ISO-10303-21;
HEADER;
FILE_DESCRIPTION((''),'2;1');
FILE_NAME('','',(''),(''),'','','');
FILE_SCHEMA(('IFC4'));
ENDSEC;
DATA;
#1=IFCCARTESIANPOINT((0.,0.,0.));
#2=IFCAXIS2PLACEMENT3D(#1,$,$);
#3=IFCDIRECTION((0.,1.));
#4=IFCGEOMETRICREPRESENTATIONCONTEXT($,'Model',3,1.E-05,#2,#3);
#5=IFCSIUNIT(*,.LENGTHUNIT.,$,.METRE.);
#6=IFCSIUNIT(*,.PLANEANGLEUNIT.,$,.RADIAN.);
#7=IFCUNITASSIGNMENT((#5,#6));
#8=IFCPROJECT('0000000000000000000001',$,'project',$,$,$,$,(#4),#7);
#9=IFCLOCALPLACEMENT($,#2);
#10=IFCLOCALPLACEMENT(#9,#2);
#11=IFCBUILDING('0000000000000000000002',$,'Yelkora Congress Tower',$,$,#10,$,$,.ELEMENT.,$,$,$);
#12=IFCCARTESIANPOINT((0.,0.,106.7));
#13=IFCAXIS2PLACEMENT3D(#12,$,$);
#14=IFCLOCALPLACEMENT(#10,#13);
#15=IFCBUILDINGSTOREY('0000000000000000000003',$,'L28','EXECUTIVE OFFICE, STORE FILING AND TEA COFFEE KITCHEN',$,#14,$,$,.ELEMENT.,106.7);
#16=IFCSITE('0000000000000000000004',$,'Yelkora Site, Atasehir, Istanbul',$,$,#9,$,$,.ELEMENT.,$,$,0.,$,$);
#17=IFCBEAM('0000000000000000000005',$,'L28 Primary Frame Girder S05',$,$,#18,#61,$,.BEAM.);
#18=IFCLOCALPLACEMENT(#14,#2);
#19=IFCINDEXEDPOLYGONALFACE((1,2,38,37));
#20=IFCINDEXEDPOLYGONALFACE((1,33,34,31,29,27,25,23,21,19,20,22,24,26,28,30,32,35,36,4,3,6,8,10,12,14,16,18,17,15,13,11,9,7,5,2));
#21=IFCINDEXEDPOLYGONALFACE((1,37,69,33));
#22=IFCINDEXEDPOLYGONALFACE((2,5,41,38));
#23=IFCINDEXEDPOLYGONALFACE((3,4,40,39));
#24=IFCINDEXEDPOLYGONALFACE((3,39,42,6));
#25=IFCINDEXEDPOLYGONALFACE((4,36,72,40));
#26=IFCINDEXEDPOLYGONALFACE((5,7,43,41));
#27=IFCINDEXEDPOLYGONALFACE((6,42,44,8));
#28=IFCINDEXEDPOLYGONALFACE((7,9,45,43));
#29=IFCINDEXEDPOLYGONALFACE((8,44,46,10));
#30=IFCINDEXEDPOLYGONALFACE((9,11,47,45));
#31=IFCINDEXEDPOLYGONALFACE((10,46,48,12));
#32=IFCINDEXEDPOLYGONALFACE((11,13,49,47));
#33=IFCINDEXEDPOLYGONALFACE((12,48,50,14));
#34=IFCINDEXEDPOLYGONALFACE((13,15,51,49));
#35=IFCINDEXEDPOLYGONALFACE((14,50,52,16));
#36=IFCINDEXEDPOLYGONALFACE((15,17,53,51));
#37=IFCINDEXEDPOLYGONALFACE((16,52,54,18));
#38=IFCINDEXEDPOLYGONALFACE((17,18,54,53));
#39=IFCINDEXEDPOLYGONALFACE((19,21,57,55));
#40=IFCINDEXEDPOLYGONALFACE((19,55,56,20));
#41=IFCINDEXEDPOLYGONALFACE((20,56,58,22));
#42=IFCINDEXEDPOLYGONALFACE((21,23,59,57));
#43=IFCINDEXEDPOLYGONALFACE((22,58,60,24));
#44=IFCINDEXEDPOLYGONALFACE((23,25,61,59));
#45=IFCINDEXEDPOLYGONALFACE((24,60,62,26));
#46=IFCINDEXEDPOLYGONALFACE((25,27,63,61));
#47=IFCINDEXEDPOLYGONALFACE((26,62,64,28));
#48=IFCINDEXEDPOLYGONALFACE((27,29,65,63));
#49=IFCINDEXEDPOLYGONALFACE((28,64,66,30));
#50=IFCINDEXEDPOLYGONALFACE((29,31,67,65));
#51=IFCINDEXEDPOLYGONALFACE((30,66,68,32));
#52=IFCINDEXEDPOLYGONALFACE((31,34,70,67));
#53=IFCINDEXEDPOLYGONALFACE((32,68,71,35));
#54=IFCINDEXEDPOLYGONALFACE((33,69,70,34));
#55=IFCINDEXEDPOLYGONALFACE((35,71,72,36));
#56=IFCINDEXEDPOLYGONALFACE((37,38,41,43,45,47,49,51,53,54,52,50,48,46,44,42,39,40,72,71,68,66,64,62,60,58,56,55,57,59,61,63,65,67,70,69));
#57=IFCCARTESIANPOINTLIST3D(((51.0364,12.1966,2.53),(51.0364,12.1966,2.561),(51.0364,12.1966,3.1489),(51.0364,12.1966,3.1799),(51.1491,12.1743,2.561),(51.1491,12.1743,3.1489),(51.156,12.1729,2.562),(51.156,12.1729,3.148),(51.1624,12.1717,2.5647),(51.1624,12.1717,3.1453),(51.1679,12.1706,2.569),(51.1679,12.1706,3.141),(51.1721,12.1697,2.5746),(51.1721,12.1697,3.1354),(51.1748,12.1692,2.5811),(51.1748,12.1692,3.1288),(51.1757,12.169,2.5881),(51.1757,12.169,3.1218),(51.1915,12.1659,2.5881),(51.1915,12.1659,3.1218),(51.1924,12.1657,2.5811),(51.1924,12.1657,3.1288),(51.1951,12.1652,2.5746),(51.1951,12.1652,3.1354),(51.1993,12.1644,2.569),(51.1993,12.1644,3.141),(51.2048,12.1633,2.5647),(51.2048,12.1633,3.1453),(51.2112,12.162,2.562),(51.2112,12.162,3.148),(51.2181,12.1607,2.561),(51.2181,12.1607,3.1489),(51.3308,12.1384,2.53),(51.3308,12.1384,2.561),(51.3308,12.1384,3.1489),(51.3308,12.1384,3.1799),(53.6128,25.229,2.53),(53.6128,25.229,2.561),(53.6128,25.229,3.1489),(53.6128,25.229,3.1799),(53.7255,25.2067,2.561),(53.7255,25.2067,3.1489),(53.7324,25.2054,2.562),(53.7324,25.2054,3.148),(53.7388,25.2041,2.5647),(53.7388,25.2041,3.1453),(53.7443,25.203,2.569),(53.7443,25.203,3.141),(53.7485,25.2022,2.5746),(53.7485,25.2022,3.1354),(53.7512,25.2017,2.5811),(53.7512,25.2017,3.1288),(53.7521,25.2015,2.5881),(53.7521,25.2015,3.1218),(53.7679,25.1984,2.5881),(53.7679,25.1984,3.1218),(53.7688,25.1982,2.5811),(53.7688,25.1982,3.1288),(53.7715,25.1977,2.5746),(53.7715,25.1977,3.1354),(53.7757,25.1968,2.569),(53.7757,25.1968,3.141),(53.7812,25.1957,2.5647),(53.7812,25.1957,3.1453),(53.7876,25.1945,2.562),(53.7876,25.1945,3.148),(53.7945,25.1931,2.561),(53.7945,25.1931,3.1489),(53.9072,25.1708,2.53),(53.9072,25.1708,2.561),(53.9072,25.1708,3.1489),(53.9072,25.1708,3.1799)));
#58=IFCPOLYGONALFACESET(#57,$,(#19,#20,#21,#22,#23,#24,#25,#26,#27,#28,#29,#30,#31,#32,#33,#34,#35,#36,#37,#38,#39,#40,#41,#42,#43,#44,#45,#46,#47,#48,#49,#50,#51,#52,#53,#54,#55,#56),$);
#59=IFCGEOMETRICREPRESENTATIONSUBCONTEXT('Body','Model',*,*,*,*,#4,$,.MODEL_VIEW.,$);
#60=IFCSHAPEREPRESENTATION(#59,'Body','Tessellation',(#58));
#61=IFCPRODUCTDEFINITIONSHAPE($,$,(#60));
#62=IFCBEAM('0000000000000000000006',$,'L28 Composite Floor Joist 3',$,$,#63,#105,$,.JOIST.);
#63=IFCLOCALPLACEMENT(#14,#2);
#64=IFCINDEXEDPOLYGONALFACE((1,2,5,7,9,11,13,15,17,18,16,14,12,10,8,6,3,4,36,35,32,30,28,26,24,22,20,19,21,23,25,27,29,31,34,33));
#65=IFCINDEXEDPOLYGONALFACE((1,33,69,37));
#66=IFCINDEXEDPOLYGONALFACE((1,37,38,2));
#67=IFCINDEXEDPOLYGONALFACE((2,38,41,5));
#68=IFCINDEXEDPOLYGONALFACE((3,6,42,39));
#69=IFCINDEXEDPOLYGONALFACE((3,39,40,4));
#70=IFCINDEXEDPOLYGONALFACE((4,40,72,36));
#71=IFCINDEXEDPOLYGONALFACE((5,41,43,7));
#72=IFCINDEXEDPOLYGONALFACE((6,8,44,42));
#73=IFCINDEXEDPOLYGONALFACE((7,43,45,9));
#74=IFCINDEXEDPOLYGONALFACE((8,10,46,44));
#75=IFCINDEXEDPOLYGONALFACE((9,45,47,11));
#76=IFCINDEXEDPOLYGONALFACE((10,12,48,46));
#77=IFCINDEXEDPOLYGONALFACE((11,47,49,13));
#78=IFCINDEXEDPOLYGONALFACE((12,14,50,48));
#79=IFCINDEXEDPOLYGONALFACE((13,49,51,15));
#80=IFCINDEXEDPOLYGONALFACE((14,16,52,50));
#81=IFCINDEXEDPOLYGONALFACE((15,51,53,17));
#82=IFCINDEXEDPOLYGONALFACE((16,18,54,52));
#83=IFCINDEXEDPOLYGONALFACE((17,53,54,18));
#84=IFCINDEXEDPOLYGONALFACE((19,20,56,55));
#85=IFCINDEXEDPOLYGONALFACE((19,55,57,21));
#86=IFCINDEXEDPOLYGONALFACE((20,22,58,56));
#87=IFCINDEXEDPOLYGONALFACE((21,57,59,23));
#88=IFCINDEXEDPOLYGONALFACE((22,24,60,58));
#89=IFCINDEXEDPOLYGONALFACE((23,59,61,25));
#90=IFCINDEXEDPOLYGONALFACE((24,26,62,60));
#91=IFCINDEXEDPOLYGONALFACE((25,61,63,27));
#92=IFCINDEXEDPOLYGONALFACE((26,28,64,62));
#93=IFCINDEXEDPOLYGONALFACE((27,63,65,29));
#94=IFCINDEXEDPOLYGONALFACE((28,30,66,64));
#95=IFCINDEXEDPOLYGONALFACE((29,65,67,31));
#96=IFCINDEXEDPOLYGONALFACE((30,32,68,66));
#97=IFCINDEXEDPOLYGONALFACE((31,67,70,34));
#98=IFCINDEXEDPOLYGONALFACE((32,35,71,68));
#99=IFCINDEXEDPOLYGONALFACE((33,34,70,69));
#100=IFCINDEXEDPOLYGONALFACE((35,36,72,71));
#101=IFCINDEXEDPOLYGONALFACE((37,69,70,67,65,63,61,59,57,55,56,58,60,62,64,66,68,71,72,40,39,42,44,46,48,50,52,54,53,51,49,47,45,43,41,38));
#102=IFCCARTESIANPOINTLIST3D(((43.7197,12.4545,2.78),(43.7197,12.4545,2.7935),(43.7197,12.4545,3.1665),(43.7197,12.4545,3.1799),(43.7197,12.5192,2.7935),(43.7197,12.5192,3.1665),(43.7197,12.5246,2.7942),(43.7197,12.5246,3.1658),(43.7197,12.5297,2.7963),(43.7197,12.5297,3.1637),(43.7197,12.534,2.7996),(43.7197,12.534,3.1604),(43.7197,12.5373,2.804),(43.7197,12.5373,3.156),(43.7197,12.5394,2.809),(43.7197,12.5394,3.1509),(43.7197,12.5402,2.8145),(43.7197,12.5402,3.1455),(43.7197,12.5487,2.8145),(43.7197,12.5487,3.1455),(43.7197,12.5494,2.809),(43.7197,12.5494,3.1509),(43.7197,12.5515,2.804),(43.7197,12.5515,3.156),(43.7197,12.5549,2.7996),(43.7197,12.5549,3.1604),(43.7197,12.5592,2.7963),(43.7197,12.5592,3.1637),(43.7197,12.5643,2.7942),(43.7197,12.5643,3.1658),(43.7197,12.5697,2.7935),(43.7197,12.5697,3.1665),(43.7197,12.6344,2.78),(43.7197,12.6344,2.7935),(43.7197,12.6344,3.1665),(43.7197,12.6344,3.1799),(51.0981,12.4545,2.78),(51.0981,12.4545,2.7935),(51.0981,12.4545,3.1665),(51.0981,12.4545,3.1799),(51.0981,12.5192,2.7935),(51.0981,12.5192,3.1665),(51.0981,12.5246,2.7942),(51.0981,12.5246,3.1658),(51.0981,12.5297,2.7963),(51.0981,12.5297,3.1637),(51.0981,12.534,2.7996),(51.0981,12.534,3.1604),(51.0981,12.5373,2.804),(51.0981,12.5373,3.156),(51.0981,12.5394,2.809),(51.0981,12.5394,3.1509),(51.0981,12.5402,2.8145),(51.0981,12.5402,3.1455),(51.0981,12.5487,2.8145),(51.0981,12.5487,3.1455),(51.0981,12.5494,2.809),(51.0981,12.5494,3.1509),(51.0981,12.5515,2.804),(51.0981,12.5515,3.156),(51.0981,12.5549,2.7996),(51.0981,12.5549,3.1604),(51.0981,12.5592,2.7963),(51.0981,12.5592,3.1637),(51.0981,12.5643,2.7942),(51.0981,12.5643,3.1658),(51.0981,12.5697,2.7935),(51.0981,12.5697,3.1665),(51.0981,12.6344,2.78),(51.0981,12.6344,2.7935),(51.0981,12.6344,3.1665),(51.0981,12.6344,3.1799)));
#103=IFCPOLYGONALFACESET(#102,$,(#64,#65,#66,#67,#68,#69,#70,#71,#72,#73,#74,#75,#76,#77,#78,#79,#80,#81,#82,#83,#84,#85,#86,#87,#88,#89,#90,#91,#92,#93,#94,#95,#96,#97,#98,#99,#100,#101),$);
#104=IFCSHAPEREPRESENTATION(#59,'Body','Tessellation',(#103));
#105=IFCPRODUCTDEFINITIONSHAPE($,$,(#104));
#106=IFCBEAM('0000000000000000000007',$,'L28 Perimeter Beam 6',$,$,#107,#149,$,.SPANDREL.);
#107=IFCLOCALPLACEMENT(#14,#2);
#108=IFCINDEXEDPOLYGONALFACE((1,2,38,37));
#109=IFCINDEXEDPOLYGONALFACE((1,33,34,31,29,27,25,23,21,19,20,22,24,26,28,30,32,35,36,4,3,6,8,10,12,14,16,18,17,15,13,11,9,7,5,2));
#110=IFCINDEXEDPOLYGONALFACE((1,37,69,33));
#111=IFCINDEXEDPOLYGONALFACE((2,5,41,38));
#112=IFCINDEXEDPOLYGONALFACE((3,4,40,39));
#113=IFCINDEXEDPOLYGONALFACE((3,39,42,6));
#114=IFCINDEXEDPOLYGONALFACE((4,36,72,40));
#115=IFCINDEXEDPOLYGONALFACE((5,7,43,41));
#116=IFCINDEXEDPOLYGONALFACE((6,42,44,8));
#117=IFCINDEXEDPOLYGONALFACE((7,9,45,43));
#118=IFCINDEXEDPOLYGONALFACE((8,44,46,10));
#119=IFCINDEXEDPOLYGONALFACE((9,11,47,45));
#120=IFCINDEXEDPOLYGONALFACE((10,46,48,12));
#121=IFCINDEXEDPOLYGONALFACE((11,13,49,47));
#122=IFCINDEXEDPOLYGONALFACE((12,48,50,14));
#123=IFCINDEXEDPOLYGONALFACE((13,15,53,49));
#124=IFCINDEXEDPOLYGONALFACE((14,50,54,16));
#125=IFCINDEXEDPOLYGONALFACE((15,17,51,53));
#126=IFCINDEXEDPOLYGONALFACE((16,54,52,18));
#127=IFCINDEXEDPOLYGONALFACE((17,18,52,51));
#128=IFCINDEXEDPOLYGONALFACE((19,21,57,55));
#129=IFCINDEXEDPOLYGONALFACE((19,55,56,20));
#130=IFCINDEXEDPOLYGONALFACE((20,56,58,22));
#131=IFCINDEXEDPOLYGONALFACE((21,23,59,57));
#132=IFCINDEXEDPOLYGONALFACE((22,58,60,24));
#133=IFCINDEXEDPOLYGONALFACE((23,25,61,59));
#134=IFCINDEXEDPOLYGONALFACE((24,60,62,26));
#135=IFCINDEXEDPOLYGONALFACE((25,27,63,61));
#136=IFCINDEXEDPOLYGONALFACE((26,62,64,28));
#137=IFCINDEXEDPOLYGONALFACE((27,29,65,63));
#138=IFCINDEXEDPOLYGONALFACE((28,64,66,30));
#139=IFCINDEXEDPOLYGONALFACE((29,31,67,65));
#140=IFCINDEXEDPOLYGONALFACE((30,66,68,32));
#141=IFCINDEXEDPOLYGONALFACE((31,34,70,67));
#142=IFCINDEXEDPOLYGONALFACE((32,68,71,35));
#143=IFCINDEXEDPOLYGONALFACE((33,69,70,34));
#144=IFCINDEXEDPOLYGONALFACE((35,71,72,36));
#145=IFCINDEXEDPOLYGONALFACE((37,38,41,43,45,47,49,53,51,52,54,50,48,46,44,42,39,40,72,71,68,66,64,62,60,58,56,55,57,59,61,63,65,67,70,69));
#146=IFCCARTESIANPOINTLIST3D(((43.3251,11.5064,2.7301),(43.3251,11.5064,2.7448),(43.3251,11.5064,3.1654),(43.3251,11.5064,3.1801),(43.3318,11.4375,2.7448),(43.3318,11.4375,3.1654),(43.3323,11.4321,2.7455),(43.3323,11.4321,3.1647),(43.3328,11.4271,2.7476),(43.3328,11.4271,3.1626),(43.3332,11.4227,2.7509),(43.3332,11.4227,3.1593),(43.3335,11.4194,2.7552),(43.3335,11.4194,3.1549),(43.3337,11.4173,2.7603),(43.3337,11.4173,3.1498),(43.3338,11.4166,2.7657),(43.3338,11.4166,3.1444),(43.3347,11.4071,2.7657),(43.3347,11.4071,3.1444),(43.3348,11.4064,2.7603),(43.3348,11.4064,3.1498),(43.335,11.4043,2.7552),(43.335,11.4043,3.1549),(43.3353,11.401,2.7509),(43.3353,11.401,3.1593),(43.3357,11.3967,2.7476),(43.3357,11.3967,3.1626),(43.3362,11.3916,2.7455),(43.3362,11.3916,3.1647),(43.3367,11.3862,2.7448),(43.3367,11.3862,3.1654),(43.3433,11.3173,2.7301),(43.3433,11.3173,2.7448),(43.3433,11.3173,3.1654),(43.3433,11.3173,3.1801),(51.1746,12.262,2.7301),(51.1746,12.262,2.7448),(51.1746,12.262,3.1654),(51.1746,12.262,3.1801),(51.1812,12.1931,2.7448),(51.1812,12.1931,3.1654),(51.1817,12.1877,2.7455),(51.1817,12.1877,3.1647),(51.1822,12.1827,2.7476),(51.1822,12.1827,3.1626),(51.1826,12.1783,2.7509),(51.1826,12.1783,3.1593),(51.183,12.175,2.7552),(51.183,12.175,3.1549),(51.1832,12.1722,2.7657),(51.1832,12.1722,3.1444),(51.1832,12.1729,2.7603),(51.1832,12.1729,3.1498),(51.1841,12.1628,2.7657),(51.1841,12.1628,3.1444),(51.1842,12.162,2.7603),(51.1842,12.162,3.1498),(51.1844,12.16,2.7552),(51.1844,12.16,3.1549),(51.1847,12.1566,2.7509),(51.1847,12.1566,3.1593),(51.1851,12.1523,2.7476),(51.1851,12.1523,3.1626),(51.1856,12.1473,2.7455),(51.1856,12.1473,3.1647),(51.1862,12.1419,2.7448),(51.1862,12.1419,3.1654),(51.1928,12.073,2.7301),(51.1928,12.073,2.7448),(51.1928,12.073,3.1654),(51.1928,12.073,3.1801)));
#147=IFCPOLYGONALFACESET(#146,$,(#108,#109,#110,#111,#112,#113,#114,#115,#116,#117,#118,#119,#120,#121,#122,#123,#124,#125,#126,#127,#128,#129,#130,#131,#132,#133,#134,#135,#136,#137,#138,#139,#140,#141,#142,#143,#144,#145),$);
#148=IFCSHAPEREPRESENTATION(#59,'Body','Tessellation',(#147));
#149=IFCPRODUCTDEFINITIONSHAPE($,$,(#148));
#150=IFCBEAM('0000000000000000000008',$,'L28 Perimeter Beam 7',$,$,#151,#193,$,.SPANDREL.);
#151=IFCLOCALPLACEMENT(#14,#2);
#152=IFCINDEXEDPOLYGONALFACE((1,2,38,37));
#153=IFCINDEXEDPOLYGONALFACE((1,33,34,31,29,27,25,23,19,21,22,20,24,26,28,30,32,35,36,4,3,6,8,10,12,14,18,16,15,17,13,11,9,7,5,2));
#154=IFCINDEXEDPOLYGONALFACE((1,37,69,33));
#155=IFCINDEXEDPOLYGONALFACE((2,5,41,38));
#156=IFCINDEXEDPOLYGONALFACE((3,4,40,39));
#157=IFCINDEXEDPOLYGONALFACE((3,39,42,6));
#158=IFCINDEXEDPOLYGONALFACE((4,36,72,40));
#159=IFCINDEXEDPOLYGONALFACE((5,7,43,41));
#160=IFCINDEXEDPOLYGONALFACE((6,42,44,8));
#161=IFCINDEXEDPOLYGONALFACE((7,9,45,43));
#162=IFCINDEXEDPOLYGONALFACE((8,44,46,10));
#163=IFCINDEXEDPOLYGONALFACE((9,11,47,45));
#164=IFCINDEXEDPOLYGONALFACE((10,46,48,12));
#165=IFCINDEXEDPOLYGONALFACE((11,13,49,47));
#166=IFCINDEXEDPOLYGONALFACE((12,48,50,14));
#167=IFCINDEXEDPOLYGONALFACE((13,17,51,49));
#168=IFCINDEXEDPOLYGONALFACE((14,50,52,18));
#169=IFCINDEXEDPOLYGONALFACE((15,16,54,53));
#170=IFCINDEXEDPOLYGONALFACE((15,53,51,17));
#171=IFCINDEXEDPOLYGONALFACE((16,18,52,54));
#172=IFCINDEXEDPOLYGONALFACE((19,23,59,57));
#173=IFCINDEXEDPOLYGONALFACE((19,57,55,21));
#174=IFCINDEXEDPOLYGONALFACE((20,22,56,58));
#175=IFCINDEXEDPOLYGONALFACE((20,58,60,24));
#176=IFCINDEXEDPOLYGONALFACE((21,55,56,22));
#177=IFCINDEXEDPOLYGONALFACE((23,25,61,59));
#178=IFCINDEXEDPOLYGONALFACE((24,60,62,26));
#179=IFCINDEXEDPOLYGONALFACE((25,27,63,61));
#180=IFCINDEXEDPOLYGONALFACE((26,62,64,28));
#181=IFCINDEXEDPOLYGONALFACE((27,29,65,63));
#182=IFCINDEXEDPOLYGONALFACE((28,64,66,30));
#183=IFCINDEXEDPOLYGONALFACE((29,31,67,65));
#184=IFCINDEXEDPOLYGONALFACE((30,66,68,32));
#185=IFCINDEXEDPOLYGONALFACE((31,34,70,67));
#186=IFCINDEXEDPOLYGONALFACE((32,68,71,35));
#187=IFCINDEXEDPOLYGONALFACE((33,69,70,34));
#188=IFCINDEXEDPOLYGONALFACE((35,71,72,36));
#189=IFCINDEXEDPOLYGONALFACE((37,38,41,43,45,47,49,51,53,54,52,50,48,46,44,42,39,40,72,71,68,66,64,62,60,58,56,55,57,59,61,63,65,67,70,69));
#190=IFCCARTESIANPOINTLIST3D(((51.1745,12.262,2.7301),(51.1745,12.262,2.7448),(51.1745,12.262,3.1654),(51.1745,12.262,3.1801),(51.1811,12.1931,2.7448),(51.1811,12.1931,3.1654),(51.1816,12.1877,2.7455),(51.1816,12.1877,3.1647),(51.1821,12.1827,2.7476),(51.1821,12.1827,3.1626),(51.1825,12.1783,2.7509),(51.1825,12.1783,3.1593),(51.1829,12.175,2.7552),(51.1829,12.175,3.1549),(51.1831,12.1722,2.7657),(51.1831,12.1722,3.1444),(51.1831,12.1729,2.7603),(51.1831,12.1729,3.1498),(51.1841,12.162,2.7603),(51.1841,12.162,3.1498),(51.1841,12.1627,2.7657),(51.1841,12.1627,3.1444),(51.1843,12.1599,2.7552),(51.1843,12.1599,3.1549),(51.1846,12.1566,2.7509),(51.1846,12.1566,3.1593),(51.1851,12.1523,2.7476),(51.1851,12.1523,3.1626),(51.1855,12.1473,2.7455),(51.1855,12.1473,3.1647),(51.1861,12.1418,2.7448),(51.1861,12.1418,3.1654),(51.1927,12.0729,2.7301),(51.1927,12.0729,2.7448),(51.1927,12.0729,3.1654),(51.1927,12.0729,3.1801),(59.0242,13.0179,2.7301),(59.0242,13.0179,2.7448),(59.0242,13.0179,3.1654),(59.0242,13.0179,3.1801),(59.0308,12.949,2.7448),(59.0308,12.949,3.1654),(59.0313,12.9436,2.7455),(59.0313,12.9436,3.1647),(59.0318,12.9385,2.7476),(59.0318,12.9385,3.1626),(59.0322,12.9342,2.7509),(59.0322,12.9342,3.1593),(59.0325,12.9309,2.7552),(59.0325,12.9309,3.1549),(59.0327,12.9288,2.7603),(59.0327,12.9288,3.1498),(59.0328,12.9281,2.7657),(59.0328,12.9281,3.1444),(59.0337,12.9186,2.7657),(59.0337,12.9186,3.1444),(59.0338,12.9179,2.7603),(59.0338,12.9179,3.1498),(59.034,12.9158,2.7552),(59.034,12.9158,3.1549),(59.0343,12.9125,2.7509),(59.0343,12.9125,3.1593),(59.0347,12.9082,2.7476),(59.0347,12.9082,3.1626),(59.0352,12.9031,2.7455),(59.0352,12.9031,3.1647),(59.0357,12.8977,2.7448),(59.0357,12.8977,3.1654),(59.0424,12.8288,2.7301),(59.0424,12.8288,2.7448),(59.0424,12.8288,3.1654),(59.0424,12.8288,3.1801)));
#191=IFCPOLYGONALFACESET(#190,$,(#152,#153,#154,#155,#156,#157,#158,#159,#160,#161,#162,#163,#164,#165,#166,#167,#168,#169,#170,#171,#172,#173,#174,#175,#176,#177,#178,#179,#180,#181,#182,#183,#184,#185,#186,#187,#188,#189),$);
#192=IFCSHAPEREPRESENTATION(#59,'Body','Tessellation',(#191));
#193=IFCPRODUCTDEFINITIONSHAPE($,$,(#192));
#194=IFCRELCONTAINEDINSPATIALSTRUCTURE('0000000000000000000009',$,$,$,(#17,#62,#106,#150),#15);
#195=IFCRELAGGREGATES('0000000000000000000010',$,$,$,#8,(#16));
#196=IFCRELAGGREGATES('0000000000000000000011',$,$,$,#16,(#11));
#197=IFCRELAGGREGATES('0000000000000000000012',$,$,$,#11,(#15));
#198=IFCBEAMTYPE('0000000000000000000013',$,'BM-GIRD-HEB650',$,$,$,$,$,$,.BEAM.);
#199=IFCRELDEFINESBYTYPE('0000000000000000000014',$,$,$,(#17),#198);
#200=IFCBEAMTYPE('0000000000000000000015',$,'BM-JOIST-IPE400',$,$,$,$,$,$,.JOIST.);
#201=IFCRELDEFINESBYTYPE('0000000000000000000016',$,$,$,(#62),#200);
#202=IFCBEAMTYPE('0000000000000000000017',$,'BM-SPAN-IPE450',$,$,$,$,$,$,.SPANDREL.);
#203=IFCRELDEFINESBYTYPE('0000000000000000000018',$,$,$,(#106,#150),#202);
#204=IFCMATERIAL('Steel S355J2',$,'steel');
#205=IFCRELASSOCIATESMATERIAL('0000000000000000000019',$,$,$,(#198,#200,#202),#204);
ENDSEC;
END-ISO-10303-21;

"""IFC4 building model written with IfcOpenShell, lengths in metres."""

from ifc_helpers import new_model, si_unit, direction, frame, origin, origin_2d, place, context, subcontext, project, spatial, i_section, extrude, material, material_profile, profile_set, type_object, element, save


model = new_model("IFC4")

# Units and contexts
model_context = context("Model", 3, precision=1e-05, world=origin(), true_north=direction((0.0, 1.0)))
body_context = subcontext(model_context, "Body", "Model", "MODEL_VIEW")
ifc_project = project(units=[si_unit("LENGTHUNIT", "METRE"), si_unit("PLANEANGLEUNIT", "RADIAN")], contexts=[model_context])

# Site, building, storey
site_placement = place(None, origin())
site = spatial("IfcSite", under=ifc_project, at=site_placement, Name="Yelkora Site, Atasehir, Istanbul", CompositionType="ELEMENT", RefElevation=0.0)
building_placement = place(site_placement, origin())
building = spatial("IfcBuilding", under=site, at=building_placement, Name="Yelkora Congress Tower", CompositionType="ELEMENT")
storey_placement = place(building_placement, frame((0.0, 0.0, 106.7)))
storey = spatial("IfcBuildingStorey", under=building, at=storey_placement, Name="L28", Description="EXECUTIVE OFFICE, STORE FILING AND TEA COFFEE KITCHEN", CompositionType="ELEMENT", Elevation=106.7)

# Beams
ifc_material_1 = material(Name="Steel S355J2", Category="steel")
ifc_material_profile_1 = material_profile(ifc_material_1, i_section(OverallWidth=0.3, OverallDepth=0.6499, WebThickness=0.0161, FlangeThickness=0.031, FilletRadius=0.0271, at=origin_2d()), Name="HEB 650")
ifc_profile_set_1 = profile_set([ifc_material_profile_1], Name="Steel S355J2")
beam_type_1 = type_object("IfcBeamType", Name="BM-GIRD-HEB650", PredefinedType="BEAM", material=ifc_profile_set_1)
beam_1_placement = place(storey_placement, frame((51.1836, 12.1675, 2.855), z_axis=(0.193939, 0.981014, 0.0), x_axis=(-0.981014, 0.193939, 0.0)))
element("IfcBeam", 1, at=beam_1_placement, inside=storey, type_object=beam_type_1, Name="L28 Primary Frame Girder S05", PredefinedType="BEAM", context=body_context, shape_type="SweptSolid", body=[
    extrude(i_section(OverallWidth=0.3, OverallDepth=0.6499, WebThickness=0.0161, FlangeThickness=0.031, FilletRadius=0.0271, at=origin_2d()), origin(), (0.0, 0.0, 1.0), 13.2847),
])
ifc_material_profile_2 = material_profile(ifc_material_1, i_section(OverallWidth=0.1799, OverallDepth=0.3999, WebThickness=0.0085, FlangeThickness=0.0134, FilletRadius=0.021, at=origin_2d()), Name="IPE 400")
ifc_profile_set_2 = profile_set([ifc_material_profile_2], Name="Steel S355J2")
beam_type_2 = type_object("IfcBeamType", Name="BM-JOIST-IPE400", PredefinedType="JOIST", material=ifc_profile_set_2)
beam_2_placement = place(storey_placement, frame((43.7197, 12.5444, 2.98), z_axis=(1.0, 0.0, 0.0), x_axis=(0.0, 1.0, 0.0)))
element("IfcBeam", 2, at=beam_2_placement, inside=storey, type_object=beam_type_2, Name="L28 Composite Floor Joist 3", PredefinedType="JOIST", context=body_context, shape_type="SweptSolid", body=[
    extrude(i_section(OverallWidth=0.1799, OverallDepth=0.3999, WebThickness=0.0085, FlangeThickness=0.0134, FilletRadius=0.021, at=origin_2d()), origin(), (0.0, 0.0, 1.0), 7.3784),
])
ifc_material_profile_3 = material_profile(ifc_material_1, i_section(OverallWidth=0.1899, OverallDepth=0.45, WebThickness=0.0095, FlangeThickness=0.0146, FilletRadius=0.021, at=origin_2d()), Name="IPE 450")
ifc_profile_set_3 = profile_set([ifc_material_profile_3], Name="Steel S355J2")
beam_type_3 = type_object("IfcBeamType", Name="BM-SPAN-IPE450", PredefinedType="SPANDREL", material=ifc_profile_set_3)
beam_3_placement = place(storey_placement, frame((43.3342, 11.4119, 2.9551), z_axis=(0.995399, 0.095822, 0.0), x_axis=(-0.095822, 0.995399, 0.0)))
element("IfcBeam", 3, at=beam_3_placement, inside=storey, type_object=beam_type_3, Name="L28 Perimeter Beam 6", PredefinedType="SPANDREL", context=body_context, shape_type="SweptSolid", body=[
    extrude(i_section(OverallWidth=0.1899, OverallDepth=0.45, WebThickness=0.0095, FlangeThickness=0.0146, FilletRadius=0.021, at=origin_2d()), origin(), (0.0, 0.0, 1.0), 7.8857),
])
beam_4_placement = place(storey_placement, frame((51.1836, 12.1675, 2.9551), z_axis=(0.995396, 0.095849, 0.0), x_axis=(-0.095849, 0.995396, 0.0)))
element("IfcBeam", 4, at=beam_4_placement, inside=storey, type_object=beam_type_3, Name="L28 Perimeter Beam 7", PredefinedType="SPANDREL", context=body_context, shape_type="SweptSolid", body=[
    extrude(i_section(OverallWidth=0.1899, OverallDepth=0.45, WebThickness=0.0095, FlangeThickness=0.0146, FilletRadius=0.021, at=origin_2d()), origin(), (0.0, 0.0, 1.0), 7.886),
])

save(model, "model.ifc")
